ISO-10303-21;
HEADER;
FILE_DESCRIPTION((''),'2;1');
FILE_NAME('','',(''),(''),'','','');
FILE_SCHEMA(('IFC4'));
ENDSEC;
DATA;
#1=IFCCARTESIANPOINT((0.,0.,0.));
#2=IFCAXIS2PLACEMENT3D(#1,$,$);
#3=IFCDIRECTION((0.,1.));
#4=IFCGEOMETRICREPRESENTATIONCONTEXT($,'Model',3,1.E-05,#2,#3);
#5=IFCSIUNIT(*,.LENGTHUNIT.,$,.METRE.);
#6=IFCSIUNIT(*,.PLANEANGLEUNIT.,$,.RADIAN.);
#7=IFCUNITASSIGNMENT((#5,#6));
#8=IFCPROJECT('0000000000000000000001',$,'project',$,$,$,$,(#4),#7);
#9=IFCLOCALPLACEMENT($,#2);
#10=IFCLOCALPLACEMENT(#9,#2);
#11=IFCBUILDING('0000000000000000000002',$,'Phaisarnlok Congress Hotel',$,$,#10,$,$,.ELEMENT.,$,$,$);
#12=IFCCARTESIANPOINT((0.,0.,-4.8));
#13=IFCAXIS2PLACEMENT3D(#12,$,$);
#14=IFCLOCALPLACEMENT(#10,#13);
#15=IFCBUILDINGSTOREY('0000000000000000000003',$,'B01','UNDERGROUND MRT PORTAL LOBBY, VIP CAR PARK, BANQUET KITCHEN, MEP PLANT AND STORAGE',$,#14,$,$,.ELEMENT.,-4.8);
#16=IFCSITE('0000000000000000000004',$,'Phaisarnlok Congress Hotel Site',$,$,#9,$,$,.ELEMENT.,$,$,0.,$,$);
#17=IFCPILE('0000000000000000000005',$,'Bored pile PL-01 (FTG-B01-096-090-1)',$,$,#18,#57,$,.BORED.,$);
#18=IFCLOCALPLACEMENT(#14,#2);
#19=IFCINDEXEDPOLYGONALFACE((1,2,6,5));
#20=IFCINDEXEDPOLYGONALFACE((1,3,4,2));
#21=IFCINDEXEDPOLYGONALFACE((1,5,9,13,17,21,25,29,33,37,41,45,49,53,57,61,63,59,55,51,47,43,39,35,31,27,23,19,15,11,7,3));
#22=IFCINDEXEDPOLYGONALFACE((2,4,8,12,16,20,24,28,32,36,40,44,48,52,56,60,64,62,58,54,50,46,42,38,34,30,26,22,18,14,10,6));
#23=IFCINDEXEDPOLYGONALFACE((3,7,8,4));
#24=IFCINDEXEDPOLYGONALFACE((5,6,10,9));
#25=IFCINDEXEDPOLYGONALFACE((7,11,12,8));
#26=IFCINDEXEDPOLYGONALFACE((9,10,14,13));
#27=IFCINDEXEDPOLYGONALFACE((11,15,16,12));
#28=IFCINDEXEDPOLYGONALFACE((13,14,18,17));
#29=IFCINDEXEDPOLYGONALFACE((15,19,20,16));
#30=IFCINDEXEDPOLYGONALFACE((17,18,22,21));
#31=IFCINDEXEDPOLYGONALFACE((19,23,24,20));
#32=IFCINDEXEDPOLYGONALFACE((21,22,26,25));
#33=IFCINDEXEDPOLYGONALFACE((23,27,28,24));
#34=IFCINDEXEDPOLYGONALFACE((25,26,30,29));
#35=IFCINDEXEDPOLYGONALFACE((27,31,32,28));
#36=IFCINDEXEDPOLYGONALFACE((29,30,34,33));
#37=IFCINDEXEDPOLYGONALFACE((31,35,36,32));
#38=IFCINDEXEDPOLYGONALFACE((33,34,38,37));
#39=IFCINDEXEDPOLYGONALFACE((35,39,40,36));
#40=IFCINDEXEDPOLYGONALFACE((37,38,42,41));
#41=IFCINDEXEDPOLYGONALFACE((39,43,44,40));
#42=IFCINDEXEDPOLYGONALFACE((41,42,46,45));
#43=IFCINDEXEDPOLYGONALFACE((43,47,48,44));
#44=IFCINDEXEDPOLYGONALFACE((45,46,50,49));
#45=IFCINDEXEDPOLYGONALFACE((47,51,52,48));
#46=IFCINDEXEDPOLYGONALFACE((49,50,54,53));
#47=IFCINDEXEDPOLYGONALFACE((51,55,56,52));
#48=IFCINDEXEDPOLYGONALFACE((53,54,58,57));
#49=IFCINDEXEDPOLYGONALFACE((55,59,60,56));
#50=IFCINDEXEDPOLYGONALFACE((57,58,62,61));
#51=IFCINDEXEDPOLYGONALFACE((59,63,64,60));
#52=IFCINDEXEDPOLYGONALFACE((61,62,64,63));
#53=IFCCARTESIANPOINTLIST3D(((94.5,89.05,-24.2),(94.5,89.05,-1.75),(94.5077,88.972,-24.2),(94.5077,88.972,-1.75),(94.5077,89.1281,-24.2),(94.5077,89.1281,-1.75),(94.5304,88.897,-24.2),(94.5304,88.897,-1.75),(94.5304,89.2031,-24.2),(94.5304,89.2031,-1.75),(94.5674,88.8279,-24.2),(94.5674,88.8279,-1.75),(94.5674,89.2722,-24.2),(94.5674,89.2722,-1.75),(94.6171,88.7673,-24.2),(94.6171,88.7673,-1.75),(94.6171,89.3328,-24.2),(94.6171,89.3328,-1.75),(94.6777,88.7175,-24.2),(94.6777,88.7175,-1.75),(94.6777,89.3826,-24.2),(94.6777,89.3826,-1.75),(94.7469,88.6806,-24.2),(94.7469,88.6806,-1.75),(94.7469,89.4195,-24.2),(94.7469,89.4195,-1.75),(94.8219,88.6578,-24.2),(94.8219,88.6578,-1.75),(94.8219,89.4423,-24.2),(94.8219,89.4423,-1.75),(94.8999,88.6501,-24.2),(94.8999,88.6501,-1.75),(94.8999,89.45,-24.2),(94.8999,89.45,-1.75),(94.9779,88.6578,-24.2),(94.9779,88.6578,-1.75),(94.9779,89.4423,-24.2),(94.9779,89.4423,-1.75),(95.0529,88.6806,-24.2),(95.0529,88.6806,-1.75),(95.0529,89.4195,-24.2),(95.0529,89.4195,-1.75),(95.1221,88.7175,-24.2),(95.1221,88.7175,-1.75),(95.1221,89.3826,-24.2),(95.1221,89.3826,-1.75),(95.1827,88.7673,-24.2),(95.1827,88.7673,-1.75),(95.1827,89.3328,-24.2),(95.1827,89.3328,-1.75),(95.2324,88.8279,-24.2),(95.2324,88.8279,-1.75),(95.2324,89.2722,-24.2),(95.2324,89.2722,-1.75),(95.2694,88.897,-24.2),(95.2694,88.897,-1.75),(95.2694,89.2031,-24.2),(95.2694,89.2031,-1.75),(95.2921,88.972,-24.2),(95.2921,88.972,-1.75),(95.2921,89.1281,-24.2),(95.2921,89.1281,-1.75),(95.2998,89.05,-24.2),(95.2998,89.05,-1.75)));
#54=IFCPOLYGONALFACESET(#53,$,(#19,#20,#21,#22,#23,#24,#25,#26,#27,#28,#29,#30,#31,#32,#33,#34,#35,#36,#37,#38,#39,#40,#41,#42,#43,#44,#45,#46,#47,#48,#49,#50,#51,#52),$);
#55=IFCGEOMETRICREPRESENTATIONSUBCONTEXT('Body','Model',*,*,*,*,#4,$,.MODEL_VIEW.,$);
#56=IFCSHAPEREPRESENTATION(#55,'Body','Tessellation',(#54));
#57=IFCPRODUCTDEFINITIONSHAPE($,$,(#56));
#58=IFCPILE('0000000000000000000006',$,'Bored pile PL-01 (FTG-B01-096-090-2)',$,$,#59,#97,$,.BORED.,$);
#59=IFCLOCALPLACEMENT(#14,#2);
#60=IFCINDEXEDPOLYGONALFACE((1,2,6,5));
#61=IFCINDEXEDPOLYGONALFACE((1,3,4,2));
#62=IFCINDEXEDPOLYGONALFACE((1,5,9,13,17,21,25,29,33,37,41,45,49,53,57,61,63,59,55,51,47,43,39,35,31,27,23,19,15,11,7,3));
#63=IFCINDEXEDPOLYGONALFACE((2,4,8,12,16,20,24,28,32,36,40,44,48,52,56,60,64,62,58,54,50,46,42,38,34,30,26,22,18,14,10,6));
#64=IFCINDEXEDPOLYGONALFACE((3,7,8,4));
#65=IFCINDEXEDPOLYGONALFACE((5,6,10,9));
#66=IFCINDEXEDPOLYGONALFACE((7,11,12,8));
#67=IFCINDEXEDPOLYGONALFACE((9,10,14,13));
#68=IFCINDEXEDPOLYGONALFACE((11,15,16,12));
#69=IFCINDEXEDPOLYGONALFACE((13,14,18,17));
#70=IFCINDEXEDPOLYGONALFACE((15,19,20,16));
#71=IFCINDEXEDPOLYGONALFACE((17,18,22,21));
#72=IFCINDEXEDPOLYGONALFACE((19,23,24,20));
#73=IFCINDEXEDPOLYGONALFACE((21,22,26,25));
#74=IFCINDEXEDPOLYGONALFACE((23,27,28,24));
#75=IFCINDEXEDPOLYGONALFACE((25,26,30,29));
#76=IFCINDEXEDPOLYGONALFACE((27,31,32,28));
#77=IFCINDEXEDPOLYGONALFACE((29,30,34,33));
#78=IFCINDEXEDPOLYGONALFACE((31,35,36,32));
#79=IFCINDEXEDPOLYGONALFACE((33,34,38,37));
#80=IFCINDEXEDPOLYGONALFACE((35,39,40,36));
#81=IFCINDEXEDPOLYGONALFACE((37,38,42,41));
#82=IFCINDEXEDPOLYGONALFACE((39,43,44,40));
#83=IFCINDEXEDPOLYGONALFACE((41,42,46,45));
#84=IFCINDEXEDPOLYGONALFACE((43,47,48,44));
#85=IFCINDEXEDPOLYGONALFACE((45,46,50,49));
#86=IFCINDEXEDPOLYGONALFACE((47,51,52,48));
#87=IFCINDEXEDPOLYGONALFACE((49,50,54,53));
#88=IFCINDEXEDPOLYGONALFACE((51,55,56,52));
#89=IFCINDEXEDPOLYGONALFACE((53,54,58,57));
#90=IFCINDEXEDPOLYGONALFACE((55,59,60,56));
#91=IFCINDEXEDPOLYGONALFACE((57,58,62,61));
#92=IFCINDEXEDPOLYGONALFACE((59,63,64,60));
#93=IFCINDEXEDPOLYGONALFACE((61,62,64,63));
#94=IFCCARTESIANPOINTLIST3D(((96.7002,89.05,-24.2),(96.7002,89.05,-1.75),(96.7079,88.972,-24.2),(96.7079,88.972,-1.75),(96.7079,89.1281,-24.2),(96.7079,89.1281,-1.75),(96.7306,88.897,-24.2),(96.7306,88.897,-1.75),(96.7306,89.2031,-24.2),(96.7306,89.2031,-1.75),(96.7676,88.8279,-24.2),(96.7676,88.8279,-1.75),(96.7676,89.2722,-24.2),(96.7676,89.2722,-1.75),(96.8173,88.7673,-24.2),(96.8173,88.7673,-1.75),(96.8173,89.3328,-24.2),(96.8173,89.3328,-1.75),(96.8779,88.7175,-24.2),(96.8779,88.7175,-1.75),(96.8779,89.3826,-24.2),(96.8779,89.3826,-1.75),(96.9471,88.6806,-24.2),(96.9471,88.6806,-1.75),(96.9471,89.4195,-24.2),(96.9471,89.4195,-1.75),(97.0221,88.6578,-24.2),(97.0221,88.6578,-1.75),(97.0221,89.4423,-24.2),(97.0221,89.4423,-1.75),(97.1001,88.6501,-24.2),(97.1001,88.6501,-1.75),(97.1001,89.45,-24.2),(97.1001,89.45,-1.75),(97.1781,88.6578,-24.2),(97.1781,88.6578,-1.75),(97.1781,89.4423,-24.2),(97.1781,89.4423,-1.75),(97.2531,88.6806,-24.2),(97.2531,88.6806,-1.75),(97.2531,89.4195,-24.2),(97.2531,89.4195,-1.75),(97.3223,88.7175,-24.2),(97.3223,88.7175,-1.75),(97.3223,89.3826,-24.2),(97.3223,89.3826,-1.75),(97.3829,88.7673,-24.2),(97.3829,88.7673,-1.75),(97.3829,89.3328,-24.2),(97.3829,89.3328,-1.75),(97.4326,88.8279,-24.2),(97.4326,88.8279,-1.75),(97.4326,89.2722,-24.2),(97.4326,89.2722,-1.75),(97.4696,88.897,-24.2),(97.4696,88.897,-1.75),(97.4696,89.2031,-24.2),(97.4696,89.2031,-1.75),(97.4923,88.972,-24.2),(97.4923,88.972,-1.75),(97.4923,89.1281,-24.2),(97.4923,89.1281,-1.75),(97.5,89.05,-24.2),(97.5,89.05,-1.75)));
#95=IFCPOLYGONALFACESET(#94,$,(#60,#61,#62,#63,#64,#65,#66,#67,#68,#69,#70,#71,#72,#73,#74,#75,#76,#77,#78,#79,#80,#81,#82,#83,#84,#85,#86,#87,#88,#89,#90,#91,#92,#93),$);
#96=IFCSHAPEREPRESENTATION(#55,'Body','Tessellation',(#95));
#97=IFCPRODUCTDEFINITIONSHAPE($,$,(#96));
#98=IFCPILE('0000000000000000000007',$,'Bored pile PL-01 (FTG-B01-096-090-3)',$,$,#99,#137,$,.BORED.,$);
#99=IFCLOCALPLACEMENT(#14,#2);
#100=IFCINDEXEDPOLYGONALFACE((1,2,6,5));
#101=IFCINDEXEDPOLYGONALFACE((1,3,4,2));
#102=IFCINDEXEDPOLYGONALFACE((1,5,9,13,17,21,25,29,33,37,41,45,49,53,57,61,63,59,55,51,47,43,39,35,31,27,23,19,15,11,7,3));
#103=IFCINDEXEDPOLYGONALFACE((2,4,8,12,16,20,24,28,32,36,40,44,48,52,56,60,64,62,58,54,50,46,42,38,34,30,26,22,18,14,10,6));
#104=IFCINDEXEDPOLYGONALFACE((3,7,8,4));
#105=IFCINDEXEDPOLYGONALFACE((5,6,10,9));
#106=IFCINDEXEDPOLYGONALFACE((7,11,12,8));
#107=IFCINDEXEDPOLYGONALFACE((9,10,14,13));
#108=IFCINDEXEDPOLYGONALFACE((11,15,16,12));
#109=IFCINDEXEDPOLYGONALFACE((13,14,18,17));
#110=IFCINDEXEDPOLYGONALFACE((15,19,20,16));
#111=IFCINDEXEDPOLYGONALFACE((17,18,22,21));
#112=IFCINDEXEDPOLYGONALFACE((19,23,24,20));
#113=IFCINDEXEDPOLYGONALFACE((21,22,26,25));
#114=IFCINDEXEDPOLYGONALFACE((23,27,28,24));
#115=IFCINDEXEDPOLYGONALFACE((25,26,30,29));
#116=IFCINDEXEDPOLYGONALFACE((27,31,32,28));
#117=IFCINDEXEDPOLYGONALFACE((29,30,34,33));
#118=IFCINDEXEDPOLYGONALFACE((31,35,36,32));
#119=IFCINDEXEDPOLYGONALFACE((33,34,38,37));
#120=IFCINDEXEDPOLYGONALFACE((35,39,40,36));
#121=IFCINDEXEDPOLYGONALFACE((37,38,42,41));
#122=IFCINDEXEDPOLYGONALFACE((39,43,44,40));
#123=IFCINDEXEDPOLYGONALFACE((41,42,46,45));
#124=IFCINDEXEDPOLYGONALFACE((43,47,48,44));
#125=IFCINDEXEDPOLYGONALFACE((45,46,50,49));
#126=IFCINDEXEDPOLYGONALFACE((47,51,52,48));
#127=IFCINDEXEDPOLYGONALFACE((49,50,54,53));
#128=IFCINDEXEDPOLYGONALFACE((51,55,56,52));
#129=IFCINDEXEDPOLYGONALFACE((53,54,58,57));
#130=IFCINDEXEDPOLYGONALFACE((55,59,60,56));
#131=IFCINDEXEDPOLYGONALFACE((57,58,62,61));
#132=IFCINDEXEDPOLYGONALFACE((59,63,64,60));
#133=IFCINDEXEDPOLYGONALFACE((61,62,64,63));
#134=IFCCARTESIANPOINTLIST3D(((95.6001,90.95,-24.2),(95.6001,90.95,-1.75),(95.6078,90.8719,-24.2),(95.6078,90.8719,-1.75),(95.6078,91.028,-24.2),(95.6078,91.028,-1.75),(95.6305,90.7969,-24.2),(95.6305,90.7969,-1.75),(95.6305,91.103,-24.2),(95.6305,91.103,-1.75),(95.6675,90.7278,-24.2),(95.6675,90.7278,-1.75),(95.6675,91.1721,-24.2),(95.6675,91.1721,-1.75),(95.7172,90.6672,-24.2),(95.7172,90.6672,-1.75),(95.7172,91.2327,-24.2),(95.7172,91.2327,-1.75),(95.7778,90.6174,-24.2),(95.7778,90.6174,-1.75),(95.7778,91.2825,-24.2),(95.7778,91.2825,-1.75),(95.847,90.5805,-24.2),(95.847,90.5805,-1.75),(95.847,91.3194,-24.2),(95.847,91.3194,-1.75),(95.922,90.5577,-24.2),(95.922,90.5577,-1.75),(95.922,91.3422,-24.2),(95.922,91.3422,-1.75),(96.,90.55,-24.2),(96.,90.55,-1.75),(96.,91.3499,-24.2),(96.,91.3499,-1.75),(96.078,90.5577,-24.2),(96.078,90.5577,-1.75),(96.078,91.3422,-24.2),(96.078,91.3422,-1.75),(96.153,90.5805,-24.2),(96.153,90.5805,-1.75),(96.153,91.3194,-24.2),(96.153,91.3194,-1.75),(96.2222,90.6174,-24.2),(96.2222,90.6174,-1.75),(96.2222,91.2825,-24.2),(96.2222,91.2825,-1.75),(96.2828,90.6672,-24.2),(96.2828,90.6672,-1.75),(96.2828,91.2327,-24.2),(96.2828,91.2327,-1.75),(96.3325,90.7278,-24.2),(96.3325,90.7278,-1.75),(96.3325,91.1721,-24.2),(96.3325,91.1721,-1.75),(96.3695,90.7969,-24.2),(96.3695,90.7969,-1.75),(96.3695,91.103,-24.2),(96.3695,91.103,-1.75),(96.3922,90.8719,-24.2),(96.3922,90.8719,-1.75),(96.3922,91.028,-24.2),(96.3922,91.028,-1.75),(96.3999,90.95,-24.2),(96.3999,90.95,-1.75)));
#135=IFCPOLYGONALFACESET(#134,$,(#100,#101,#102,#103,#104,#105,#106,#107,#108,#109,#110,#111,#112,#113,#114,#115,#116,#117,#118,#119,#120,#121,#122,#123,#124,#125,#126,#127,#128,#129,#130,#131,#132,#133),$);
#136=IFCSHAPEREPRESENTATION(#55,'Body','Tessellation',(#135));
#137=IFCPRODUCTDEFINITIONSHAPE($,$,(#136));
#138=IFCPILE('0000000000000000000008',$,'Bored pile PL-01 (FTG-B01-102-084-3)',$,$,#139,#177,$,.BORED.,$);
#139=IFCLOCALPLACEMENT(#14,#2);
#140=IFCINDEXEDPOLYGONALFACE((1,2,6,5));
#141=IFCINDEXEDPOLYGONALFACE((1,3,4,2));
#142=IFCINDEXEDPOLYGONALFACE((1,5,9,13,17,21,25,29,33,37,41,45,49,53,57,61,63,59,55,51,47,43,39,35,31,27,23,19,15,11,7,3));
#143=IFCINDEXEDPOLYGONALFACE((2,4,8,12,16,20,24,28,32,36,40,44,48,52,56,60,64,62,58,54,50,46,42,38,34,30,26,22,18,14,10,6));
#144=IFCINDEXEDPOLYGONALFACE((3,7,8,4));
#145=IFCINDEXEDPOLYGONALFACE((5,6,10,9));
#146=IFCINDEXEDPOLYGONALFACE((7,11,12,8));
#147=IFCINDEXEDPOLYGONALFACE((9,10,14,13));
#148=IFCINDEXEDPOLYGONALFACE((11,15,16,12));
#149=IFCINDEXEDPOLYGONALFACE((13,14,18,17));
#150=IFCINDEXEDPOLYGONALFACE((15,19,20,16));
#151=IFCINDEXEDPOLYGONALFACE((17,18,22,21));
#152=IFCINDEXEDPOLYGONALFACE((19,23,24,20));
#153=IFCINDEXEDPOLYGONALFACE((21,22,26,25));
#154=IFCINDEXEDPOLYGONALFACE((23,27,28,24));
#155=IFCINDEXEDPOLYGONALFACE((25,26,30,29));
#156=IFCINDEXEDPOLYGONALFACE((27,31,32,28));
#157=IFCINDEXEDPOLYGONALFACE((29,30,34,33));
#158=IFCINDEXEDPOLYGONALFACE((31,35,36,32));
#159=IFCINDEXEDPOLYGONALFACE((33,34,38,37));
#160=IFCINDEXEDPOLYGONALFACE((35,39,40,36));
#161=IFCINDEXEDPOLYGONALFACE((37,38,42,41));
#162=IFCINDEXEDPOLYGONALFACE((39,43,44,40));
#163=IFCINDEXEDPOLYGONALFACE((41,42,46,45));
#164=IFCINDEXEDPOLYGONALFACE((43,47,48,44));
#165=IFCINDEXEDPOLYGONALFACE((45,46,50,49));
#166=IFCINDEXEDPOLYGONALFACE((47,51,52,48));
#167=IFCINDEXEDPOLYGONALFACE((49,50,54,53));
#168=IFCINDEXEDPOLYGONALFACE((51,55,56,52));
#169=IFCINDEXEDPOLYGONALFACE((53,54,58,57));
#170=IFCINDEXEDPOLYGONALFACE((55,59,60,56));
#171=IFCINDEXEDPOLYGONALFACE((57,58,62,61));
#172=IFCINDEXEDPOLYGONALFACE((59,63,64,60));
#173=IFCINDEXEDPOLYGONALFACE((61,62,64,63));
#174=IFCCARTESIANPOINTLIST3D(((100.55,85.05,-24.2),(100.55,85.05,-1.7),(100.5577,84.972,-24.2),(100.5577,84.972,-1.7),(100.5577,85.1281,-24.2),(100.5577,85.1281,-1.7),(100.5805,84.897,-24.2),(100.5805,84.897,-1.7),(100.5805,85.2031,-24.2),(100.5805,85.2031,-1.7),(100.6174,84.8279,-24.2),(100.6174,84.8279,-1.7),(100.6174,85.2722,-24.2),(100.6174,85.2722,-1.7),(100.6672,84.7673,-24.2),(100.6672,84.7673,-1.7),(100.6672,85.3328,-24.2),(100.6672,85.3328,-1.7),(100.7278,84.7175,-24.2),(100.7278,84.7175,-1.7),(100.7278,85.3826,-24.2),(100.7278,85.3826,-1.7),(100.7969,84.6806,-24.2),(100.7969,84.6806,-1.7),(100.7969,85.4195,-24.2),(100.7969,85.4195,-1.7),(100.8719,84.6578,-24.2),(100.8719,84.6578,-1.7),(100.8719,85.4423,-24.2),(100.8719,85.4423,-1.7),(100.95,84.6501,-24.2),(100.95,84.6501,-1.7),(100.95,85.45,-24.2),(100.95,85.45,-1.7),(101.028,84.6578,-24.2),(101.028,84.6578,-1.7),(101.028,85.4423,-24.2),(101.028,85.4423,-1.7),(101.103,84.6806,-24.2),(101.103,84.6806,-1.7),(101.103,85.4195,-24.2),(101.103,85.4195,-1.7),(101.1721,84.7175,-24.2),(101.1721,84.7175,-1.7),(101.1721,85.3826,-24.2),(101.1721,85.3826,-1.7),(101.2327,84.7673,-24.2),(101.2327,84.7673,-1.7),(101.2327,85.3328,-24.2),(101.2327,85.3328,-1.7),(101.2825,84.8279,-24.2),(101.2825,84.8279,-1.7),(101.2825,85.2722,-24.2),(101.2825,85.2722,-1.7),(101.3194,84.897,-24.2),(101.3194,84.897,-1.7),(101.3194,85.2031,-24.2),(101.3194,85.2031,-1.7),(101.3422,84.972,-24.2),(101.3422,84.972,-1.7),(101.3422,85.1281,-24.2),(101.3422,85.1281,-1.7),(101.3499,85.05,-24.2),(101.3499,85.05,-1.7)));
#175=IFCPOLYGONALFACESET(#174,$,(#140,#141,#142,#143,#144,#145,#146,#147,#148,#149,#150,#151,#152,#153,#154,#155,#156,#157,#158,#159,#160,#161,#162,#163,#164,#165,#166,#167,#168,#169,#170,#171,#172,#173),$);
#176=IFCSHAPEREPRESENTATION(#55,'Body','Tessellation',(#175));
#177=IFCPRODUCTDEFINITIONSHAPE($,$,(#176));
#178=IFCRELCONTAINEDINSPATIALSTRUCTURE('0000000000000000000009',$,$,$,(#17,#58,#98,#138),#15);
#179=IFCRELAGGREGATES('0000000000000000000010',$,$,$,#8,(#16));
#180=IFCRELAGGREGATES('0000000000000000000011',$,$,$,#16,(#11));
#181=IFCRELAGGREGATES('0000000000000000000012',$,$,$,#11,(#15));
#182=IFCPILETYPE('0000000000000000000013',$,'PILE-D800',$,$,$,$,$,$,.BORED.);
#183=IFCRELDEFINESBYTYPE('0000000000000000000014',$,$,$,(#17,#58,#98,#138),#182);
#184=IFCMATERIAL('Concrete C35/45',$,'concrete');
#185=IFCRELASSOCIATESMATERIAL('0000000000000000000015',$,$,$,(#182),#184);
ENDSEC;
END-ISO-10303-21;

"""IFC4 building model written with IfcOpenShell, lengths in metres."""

from ifc_helpers import new_model, si_unit, direction, frame, origin, origin_2d, place, context, subcontext, project, spatial, circle, extrude, material, material_profile, profile_set, type_object, element, save


model = new_model("IFC4")

# Units and contexts
model_context = context("Model", 3, precision=1e-05, world=origin(), true_north=direction((0.0, 1.0)))
body_context = subcontext(model_context, "Body", "Model", "MODEL_VIEW")
ifc_project = project(units=[si_unit("LENGTHUNIT", "METRE"), si_unit("PLANEANGLEUNIT", "RADIAN")], contexts=[model_context])

# Site, building, storey
site_placement = place(None, origin())
site = spatial("IfcSite", under=ifc_project, at=site_placement, Name="Phaisarnlok Congress Hotel Site", CompositionType="ELEMENT", RefElevation=0.0)
building_placement = place(site_placement, origin())
building = spatial("IfcBuilding", under=site, at=building_placement, Name="Phaisarnlok Congress Hotel", CompositionType="ELEMENT")
storey_placement = place(building_placement, frame((0.0, 0.0, -4.8)))
storey = spatial("IfcBuildingStorey", under=building, at=storey_placement, Name="B01", Description="UNDERGROUND MRT PORTAL LOBBY, VIP CAR PARK, BANQUET KITCHEN, MEP PLANT AND STORAGE", CompositionType="ELEMENT", Elevation=-4.8)

# Piles
ifc_material_1 = material(Name="Concrete C35/45", Category="concrete")
ifc_material_profile_1 = material_profile(ifc_material_1, circle(Radius=0.3999, at=origin_2d()), Name="BORED PILE D800")
ifc_profile_set_1 = profile_set([ifc_material_profile_1], Name="Concrete C35/45")
pile_type_1 = type_object("IfcPileType", Name="PILE-D800", PredefinedType="BORED", material=ifc_profile_set_1)
for number, where, z_axis, x_axis, name in (
    (1, (94.8999, 89.05, -1.75), (0.0, 0.0, -1.0), (1.0, 0.0, 0.0), "Bored pile PL-01 (FTG-B01-096-090-1)"),
    (2, (97.1001, 89.05, -1.75), (0.0, 0.0, -1.0), (1.0, 0.0, 0.0), "Bored pile PL-01 (FTG-B01-096-090-2)"),
    (3, (96.0, 90.95, -1.75), (0.0, 0.0, -1.0), (1.0, 0.0, 0.0), "Bored pile PL-01 (FTG-B01-096-090-3)"),
):
    element("IfcPile", number, at=place(storey_placement, frame(where, z_axis=z_axis, x_axis=x_axis)), inside=storey, type_object=pile_type_1, Name=name, PredefinedType="BORED", context=body_context, shape_type="SweptSolid", body=[
        extrude(circle(Radius=0.3999, at=origin_2d()), origin(), (0.0, 0.0, 1.0), 22.45),
    ])
for number, where, z_axis, x_axis, name in (
    (4, (100.95, 85.05, -1.7), (0.0, 0.0, -1.0), (1.0, 0.0, 0.0), "Bored pile PL-01 (FTG-B01-102-084-3)"),
):
    element("IfcPile", number, at=place(storey_placement, frame(where, z_axis=z_axis, x_axis=x_axis)), inside=storey, type_object=pile_type_1, Name=name, PredefinedType="BORED", context=body_context, shape_type="SweptSolid", body=[
        extrude(circle(Radius=0.3999, at=origin_2d()), origin(), (0.0, 0.0, 1.0), 22.5),
    ])

save(model, "model.ifc")
